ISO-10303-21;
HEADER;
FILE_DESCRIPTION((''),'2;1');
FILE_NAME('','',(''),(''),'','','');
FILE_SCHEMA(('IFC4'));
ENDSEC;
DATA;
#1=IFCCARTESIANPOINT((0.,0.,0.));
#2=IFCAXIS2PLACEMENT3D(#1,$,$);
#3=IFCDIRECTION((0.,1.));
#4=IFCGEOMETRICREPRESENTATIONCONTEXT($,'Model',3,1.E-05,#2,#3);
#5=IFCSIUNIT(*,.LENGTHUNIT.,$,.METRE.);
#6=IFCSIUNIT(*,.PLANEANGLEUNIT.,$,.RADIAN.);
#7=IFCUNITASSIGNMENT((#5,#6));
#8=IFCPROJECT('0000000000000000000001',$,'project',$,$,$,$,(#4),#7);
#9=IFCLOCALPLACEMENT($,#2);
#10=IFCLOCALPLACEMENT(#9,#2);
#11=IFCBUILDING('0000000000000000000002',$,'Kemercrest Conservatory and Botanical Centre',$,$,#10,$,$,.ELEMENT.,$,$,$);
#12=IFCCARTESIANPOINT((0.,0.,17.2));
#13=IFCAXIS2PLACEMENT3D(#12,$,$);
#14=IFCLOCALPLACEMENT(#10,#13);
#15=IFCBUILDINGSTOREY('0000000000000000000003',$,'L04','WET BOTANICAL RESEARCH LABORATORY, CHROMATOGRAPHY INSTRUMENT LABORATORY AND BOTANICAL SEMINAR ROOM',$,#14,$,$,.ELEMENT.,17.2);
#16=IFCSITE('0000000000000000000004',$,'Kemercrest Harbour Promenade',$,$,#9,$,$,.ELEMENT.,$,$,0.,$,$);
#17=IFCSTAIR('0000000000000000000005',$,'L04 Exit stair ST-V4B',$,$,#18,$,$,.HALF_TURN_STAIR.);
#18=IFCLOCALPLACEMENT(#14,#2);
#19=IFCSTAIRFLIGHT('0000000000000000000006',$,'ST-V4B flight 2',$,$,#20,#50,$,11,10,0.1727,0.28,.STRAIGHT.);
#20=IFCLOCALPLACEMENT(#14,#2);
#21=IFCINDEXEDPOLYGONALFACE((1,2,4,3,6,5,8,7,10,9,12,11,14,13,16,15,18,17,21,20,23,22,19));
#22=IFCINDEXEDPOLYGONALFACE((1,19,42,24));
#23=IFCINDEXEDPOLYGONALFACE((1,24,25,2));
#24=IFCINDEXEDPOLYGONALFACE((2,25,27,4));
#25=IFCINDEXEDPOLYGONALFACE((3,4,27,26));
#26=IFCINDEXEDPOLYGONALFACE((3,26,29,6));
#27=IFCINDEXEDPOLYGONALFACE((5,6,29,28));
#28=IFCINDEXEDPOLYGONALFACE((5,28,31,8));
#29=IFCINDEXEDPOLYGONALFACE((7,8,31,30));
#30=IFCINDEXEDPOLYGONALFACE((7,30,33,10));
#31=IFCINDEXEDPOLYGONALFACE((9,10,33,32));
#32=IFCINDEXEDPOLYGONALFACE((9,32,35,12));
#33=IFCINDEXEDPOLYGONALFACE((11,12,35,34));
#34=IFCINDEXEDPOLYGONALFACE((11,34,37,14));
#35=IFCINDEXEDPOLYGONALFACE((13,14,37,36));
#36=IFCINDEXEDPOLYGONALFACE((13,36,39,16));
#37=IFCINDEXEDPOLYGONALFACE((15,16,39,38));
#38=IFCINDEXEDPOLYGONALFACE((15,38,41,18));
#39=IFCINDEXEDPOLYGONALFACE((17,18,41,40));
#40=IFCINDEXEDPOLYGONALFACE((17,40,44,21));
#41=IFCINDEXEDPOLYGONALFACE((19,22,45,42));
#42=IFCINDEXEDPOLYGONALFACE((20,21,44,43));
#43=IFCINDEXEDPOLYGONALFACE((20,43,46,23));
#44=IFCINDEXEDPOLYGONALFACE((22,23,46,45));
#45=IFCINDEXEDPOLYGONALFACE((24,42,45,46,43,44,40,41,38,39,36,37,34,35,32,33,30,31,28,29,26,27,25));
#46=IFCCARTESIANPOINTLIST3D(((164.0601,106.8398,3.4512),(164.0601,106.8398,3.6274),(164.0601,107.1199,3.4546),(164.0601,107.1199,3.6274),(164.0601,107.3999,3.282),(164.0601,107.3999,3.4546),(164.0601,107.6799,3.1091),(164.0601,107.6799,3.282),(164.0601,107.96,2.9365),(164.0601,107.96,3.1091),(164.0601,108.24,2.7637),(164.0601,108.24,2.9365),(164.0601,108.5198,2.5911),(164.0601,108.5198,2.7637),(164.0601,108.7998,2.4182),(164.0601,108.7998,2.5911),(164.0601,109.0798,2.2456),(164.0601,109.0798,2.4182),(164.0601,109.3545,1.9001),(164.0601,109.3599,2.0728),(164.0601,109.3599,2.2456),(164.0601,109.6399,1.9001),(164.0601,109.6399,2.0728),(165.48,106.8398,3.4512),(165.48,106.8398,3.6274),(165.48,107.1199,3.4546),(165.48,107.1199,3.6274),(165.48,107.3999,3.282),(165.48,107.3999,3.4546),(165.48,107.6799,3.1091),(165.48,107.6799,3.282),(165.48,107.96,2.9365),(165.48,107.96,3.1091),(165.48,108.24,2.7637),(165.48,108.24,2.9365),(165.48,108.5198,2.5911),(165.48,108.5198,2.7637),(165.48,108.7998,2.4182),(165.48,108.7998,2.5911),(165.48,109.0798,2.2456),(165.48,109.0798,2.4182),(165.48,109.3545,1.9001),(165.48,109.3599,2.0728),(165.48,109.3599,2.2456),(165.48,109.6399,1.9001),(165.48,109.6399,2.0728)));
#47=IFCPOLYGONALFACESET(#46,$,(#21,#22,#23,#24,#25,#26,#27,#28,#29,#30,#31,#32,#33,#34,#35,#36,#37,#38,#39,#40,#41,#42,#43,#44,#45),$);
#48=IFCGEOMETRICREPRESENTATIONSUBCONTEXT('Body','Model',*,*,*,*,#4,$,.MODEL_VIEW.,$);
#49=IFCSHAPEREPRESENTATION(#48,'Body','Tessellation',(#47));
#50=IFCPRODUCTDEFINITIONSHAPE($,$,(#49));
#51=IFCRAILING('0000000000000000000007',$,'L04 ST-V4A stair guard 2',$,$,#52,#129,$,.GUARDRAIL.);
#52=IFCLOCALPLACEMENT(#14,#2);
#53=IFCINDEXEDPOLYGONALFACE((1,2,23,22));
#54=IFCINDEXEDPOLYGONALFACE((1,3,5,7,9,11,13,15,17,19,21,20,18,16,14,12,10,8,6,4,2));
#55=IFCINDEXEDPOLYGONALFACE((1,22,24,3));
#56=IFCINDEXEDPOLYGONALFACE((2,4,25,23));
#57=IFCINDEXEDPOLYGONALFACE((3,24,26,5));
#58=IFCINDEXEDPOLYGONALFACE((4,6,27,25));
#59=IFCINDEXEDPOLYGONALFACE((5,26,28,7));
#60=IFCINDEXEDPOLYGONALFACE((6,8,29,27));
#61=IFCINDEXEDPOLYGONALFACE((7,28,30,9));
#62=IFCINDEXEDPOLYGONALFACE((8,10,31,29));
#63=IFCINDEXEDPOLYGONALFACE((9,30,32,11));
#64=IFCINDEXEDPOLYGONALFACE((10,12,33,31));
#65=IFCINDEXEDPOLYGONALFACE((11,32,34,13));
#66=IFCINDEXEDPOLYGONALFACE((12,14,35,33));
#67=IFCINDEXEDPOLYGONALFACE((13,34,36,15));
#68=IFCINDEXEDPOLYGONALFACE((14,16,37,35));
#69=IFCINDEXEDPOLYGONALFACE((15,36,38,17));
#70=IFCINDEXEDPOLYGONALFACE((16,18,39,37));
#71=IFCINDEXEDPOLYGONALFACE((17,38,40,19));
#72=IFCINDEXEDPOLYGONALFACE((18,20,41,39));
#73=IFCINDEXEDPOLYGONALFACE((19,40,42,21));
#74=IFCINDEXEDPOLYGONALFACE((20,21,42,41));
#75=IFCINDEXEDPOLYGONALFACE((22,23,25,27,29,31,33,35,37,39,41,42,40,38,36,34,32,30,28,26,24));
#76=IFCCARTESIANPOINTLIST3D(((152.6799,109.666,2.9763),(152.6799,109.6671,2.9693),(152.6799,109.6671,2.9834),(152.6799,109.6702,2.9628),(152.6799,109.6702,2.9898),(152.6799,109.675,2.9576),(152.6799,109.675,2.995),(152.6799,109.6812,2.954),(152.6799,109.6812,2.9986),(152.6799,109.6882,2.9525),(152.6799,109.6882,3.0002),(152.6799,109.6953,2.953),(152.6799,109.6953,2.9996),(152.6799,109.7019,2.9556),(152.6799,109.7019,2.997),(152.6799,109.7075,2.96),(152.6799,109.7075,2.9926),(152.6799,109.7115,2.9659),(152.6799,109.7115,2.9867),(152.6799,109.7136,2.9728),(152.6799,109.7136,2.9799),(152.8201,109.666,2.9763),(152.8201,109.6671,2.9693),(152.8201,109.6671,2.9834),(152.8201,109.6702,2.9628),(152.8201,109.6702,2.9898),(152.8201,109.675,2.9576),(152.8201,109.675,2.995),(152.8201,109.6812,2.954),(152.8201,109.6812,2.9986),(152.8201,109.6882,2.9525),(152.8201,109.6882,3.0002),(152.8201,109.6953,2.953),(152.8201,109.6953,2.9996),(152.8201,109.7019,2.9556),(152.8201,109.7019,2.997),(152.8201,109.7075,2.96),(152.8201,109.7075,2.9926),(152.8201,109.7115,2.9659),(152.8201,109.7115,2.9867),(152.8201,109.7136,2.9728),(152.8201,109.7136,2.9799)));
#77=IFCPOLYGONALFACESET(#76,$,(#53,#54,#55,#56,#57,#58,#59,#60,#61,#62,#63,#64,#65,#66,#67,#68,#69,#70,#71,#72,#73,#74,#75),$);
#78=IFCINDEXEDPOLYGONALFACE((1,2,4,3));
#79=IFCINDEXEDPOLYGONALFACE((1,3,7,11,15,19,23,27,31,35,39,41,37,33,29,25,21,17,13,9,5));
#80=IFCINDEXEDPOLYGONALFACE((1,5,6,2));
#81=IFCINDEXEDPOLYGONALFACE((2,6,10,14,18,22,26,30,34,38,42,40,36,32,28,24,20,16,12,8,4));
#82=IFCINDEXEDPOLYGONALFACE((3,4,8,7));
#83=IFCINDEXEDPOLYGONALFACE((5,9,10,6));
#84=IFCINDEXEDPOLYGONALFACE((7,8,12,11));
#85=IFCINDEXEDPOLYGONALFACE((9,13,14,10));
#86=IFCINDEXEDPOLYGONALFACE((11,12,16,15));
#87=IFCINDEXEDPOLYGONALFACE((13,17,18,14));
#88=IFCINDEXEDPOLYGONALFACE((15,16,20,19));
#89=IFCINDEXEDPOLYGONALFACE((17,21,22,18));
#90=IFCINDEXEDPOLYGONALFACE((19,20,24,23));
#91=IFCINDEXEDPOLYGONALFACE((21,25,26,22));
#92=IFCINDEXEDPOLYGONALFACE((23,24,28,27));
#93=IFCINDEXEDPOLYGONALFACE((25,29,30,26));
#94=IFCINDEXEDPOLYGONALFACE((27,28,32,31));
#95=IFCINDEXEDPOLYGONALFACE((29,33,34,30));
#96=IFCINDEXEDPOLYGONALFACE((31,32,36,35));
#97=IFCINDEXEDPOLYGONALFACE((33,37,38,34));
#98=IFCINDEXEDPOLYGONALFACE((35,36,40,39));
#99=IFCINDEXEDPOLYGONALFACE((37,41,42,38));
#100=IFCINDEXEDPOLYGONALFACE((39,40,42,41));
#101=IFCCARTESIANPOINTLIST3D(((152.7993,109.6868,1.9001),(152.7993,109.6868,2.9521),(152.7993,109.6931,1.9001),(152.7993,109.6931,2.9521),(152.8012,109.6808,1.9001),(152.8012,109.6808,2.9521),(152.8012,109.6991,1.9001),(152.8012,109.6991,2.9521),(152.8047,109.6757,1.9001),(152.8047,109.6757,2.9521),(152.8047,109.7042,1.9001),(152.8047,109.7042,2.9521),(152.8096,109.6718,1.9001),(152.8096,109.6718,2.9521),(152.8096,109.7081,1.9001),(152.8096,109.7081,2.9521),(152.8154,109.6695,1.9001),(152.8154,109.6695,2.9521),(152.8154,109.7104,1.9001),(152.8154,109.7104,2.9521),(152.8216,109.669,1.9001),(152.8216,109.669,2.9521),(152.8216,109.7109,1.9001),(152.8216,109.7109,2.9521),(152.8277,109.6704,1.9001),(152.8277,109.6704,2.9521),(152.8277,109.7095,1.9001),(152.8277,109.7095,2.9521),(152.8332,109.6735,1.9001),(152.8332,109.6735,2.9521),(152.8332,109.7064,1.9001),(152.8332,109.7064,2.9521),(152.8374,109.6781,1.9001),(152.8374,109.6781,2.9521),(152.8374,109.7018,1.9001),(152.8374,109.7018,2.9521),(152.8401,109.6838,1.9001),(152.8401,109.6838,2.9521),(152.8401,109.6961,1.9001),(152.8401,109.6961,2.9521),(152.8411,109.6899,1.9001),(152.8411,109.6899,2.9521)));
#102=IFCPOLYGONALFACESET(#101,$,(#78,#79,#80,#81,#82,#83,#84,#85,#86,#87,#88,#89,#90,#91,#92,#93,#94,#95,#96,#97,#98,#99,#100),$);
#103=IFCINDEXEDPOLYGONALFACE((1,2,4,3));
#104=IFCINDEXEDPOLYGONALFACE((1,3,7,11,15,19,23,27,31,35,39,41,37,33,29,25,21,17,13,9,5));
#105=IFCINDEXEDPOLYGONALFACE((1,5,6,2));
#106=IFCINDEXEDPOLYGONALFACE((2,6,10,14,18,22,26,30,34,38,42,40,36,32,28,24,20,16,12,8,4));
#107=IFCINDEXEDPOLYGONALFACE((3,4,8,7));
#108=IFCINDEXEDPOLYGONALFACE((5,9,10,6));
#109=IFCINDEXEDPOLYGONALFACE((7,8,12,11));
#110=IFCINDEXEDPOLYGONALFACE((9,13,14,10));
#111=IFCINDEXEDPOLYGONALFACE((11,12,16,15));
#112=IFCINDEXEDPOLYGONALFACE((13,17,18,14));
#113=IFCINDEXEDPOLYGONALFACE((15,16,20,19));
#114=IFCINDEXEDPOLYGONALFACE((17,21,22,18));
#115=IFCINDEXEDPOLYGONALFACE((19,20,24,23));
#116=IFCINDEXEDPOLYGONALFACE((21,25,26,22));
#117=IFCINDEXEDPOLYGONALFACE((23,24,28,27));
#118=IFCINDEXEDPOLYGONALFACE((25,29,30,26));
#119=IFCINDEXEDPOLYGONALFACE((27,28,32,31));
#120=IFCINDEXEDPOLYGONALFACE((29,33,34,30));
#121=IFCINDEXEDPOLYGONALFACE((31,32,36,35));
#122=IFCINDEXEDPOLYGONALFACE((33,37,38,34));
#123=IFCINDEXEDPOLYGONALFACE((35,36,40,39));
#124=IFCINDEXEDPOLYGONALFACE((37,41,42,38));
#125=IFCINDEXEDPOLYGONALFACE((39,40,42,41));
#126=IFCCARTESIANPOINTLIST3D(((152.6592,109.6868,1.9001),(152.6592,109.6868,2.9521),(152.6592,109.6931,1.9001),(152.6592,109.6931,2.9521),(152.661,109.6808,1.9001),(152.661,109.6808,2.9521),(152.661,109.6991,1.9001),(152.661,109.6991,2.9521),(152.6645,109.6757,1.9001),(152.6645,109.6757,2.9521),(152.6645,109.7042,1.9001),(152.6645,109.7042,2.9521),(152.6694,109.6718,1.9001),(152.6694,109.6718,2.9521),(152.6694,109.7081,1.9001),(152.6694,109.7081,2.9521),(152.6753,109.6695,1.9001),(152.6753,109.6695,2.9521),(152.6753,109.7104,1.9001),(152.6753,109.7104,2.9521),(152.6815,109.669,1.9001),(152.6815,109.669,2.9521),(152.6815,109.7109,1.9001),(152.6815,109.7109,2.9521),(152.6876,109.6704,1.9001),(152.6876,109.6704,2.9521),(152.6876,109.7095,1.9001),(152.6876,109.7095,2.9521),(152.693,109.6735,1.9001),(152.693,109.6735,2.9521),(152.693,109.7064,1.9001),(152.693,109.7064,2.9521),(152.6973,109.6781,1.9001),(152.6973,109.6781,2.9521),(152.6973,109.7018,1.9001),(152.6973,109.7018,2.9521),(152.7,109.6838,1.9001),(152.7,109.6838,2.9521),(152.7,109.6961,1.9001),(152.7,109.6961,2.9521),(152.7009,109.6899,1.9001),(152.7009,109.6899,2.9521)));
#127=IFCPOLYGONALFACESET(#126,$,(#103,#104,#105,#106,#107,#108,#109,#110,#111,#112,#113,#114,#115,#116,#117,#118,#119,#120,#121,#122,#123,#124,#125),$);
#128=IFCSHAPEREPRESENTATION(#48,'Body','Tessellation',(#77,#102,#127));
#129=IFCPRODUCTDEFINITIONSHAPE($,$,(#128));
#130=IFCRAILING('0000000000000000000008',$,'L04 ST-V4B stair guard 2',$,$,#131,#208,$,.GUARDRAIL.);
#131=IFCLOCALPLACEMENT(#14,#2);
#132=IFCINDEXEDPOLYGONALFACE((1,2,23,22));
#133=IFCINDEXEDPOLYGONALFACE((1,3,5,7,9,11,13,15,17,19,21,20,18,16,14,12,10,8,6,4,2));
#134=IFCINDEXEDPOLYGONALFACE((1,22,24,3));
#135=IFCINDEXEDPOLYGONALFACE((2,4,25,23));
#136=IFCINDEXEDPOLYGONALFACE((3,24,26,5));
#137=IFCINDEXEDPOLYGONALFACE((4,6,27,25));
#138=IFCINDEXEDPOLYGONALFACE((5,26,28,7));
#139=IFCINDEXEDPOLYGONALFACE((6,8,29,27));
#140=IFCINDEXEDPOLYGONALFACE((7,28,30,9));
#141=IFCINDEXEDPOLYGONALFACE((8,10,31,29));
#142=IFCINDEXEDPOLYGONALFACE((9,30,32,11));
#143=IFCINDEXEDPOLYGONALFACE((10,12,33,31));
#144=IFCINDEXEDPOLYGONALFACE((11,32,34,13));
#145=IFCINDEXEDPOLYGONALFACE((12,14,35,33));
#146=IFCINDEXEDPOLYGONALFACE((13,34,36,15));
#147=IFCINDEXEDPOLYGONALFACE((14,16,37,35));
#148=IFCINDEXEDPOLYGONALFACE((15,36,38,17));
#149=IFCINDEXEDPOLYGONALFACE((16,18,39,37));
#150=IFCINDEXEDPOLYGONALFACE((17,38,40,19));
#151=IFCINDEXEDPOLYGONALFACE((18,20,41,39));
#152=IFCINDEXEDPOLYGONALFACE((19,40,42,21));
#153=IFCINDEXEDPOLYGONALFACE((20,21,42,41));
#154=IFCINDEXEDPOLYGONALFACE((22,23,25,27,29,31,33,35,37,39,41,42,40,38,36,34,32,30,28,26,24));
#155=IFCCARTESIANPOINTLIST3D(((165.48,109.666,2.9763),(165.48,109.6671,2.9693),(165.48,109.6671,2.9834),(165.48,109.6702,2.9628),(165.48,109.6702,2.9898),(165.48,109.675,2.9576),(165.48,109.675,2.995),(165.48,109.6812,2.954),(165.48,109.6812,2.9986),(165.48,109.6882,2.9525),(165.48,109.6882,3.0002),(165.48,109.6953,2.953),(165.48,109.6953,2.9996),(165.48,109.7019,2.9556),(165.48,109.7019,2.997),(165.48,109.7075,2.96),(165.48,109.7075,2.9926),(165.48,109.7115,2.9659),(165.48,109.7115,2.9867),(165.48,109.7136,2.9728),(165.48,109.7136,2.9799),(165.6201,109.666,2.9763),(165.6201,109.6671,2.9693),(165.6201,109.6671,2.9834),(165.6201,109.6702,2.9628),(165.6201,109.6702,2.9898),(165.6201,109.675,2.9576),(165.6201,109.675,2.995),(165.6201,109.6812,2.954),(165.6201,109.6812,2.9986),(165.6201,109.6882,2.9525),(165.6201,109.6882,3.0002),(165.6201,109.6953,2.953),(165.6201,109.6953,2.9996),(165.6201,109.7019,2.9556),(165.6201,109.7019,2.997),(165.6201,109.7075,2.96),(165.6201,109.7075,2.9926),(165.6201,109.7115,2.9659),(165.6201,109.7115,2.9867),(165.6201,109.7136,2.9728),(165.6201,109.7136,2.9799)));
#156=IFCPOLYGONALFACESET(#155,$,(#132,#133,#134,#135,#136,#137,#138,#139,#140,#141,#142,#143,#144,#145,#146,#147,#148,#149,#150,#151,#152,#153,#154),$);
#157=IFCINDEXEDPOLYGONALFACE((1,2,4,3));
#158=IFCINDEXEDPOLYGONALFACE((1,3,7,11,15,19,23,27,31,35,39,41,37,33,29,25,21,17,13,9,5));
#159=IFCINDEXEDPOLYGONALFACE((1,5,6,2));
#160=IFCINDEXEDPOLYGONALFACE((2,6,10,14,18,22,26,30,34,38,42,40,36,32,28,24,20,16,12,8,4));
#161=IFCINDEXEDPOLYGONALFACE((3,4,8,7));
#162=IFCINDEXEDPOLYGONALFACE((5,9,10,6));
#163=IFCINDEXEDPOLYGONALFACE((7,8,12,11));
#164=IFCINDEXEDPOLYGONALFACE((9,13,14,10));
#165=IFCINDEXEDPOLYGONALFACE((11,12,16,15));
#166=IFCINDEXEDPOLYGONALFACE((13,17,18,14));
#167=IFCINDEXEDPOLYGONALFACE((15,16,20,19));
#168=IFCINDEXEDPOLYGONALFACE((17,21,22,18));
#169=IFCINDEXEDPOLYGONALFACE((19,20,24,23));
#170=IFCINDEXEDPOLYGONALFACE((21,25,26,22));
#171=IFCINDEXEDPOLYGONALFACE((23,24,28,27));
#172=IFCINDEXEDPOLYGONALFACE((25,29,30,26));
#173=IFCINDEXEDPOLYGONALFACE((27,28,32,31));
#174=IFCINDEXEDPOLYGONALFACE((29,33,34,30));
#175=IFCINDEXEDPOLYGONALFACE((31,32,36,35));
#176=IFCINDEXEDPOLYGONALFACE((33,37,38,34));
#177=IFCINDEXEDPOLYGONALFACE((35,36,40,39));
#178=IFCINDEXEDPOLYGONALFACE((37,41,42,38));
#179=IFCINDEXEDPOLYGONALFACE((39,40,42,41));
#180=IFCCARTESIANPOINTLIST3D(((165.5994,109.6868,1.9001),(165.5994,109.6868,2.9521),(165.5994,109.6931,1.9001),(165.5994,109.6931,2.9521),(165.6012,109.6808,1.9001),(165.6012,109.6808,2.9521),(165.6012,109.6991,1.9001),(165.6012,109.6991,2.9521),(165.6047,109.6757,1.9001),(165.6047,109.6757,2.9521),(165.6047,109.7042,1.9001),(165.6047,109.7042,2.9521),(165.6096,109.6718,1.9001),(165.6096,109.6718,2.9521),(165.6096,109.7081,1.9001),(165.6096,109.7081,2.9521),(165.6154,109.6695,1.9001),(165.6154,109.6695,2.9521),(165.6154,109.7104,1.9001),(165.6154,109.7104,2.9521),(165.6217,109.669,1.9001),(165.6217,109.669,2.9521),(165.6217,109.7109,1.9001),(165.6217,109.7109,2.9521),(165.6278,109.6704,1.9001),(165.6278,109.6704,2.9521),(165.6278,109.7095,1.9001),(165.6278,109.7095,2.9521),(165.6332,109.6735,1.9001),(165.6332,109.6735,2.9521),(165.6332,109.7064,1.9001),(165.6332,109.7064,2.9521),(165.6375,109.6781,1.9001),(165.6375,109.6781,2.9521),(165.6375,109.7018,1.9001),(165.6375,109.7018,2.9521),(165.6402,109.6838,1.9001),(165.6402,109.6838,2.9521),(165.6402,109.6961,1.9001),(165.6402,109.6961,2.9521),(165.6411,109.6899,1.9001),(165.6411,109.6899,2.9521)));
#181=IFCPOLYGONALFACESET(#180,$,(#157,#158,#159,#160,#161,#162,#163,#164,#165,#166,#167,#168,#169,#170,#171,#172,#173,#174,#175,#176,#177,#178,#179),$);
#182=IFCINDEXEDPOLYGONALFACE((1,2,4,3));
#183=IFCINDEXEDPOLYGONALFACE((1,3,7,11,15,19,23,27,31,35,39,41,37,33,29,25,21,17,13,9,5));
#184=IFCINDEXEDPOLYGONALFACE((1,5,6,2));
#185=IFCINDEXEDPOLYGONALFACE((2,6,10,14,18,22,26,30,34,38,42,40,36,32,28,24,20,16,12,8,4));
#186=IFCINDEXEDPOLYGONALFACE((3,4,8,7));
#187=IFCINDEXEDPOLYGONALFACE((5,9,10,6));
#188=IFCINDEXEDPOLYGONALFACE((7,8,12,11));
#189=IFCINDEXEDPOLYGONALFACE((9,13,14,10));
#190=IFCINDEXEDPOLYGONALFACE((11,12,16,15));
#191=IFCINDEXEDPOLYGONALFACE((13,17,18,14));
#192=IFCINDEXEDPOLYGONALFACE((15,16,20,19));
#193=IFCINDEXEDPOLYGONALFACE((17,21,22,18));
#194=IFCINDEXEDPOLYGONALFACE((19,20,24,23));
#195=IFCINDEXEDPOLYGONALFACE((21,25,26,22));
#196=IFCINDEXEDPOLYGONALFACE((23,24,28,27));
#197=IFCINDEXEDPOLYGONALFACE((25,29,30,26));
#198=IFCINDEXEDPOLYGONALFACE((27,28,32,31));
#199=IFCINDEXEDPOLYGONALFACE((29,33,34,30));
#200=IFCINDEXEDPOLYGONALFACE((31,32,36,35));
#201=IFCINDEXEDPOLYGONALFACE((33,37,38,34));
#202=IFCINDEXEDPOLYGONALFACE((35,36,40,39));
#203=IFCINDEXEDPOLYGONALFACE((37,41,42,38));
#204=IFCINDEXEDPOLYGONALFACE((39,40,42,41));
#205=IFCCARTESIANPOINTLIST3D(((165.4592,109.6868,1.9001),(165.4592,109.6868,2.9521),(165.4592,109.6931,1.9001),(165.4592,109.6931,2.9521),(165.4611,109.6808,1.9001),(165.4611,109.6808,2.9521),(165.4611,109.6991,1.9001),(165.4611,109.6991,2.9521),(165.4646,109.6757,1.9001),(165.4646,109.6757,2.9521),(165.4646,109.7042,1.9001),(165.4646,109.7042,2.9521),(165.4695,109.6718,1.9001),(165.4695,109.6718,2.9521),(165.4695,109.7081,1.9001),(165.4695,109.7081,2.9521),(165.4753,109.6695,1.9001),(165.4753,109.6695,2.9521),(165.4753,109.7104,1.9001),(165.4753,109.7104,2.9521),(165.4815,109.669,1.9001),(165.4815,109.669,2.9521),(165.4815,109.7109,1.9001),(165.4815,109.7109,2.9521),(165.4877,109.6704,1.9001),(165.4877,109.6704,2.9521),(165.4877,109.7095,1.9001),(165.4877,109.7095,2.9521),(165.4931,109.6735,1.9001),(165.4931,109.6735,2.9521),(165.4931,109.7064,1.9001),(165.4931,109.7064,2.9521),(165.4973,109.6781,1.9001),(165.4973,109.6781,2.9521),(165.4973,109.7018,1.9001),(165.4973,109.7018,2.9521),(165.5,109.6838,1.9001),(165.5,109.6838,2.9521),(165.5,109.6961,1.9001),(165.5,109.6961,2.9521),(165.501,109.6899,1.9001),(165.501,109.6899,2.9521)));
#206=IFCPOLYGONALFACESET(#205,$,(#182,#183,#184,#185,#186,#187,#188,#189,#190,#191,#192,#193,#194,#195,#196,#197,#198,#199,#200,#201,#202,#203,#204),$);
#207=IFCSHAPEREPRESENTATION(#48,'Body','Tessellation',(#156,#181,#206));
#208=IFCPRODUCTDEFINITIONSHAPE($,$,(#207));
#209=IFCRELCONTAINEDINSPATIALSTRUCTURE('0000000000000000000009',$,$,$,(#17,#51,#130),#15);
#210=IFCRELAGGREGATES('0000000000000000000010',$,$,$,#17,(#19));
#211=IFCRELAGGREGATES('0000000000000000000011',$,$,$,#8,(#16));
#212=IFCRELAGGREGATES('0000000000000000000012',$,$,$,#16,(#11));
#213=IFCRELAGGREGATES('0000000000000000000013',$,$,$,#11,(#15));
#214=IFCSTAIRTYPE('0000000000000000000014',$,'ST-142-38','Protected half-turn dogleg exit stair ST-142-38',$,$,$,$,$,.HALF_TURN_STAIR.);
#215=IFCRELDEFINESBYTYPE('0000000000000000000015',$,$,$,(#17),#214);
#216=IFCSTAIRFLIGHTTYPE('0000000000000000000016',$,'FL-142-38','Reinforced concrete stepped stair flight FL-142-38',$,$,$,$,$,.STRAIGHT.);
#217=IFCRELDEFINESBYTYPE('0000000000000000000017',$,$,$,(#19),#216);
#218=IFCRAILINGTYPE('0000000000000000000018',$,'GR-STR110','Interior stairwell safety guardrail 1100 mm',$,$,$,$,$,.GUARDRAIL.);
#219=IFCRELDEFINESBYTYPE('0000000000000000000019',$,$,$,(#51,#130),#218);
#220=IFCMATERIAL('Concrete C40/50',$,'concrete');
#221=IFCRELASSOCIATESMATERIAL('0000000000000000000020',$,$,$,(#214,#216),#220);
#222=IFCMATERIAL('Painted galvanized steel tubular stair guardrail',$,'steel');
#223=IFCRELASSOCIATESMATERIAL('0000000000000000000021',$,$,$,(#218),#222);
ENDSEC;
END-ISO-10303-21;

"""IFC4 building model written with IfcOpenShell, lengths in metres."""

from ifc_helpers import new_model, si_unit, direction, frame, origin, origin_2d, place, context, subcontext, project, spatial, polyline, circle, outline, extrude, material, type_object, element, aggregate, save


model = new_model("IFC4")

# Units and contexts
model_context = context("Model", 3, precision=1e-05, world=origin(), true_north=direction((0.0, 1.0)))
body_context = subcontext(model_context, "Body", "Model", "MODEL_VIEW")
ifc_project = project(units=[si_unit("LENGTHUNIT", "METRE"), si_unit("PLANEANGLEUNIT", "RADIAN")], contexts=[model_context])

# Site, building, storey
site_placement = place(None, origin())
site = spatial("IfcSite", under=ifc_project, at=site_placement, Name="Kemercrest Harbour Promenade", CompositionType="ELEMENT", RefElevation=0.0)
building_placement = place(site_placement, origin())
building = spatial("IfcBuilding", under=site, at=building_placement, Name="Kemercrest Conservatory and Botanical Centre", CompositionType="ELEMENT")
storey_placement = place(building_placement, frame((0.0, 0.0, 17.2)))
storey = spatial("IfcBuildingStorey", under=building, at=storey_placement, Name="L04", Description="WET BOTANICAL RESEARCH LABORATORY, CHROMATOGRAPHY INSTRUMENT LABORATORY AND BOTANICAL SEMINAR ROOM", CompositionType="ELEMENT", Elevation=17.2)

# Shared definitions
ifc_material_1 = material(Name="Concrete C40/50", Category="concrete")

# Stair, stair flight
stair_type = type_object("IfcStairType", Name="ST-142-38", Description="Protected half-turn dogleg exit stair ST-142-38", PredefinedType="HALF_TURN_STAIR", material=ifc_material_1)
stair_placement = place(storey_placement, origin())
stair = element("IfcStair", 1, at=stair_placement, inside=storey, type_object=stair_type, Name="L04 Exit stair ST-V4B", PredefinedType="HALF_TURN_STAIR")
stair_flight_type = type_object("IfcStairFlightType", Name="FL-142-38", Description="Reinforced concrete stepped stair flight FL-142-38", PredefinedType="STRAIGHT", material=ifc_material_1)
stair_flight_placement = place(storey_placement, frame((164.77, 109.6399, 1.9001), z_axis=(0.0, 0.0, 1.0), x_axis=(0.0, -1.0, 0.0)))
stair_flight = element("IfcStairFlight", 2, at=stair_flight_placement, type_object=stair_flight_type, Name="ST-V4B flight 2", NumberOfRisers=11, NumberOfTreads=10, PredefinedType="STRAIGHT", RiserHeight=0.1727, TreadLength=0.28, context=body_context, shape_type="SweptSolid", body=[
    extrude(outline(polyline([(0.0, 0.0), (0.0, 0.1726), (0.28, 0.1726), (0.28, 0.3455), (0.5601, 0.3455), (0.5601, 0.5181), (0.8401, 0.5181), (0.8401, 0.6909), (1.1201, 0.6909), (1.1201, 0.8635), (1.3999, 0.8635), (1.3999, 1.0364), (1.6799, 1.0364), (1.6799, 1.209), (1.96, 1.209), (1.96, 1.3818), (2.24, 1.3818), (2.24, 1.5544), (2.52, 1.5544), (2.52, 1.7273), (2.8, 1.7273), (2.8, 1.8999), (2.8, 1.551), (0.2854, 0.0), (0.0, 0.0)])), frame((0.0, 0.71, 0.0), z_axis=(0.0, -1.0, 0.0), x_axis=(1.0, 0.0, 0.0)), (0.0, 0.0, 1.0), 1.4199),
])
aggregate(stair, [stair_flight])

# Railings
ifc_material_2 = material(Name="Painted galvanized steel tubular stair guardrail", Category="steel")
railing_type = type_object("IfcRailingType", Name="GR-STR110", Description="Interior stairwell safety guardrail 1100 mm", PredefinedType="GUARDRAIL", material=ifc_material_2)
for number, where, name in (
    (3, (152.8201, 109.6899, 1.9001), "L04 ST-V4A stair guard 2"),
    (4, (165.6201, 109.6899, 1.9001), "L04 ST-V4B stair guard 2"),
):
    element("IfcRailing", number, at=place(storey_placement, frame(where)), inside=storey, type_object=railing_type, Name=name, PredefinedType="GUARDRAIL", context=body_context, shape_type="SweptSolid", body=[
        extrude(circle(Radius=0.0239, at=origin_2d()), frame((0.0, 0.0, 1.0762), z_axis=(-1.0, 0.0, 0.0), x_axis=(0.0, -1.0, 0.0)), (0.0, 0.0, 1.0), 0.1401),
        extrude(circle(Radius=0.021, at=origin_2d()), origin(), (0.0, 0.0, 1.0), 1.052),
        extrude(circle(Radius=0.021, at=origin_2d()), frame((-0.1401, 0.0, 0.0)), (0.0, 0.0, 1.0), 1.052),
    ])

save(model, "model.ifc")
